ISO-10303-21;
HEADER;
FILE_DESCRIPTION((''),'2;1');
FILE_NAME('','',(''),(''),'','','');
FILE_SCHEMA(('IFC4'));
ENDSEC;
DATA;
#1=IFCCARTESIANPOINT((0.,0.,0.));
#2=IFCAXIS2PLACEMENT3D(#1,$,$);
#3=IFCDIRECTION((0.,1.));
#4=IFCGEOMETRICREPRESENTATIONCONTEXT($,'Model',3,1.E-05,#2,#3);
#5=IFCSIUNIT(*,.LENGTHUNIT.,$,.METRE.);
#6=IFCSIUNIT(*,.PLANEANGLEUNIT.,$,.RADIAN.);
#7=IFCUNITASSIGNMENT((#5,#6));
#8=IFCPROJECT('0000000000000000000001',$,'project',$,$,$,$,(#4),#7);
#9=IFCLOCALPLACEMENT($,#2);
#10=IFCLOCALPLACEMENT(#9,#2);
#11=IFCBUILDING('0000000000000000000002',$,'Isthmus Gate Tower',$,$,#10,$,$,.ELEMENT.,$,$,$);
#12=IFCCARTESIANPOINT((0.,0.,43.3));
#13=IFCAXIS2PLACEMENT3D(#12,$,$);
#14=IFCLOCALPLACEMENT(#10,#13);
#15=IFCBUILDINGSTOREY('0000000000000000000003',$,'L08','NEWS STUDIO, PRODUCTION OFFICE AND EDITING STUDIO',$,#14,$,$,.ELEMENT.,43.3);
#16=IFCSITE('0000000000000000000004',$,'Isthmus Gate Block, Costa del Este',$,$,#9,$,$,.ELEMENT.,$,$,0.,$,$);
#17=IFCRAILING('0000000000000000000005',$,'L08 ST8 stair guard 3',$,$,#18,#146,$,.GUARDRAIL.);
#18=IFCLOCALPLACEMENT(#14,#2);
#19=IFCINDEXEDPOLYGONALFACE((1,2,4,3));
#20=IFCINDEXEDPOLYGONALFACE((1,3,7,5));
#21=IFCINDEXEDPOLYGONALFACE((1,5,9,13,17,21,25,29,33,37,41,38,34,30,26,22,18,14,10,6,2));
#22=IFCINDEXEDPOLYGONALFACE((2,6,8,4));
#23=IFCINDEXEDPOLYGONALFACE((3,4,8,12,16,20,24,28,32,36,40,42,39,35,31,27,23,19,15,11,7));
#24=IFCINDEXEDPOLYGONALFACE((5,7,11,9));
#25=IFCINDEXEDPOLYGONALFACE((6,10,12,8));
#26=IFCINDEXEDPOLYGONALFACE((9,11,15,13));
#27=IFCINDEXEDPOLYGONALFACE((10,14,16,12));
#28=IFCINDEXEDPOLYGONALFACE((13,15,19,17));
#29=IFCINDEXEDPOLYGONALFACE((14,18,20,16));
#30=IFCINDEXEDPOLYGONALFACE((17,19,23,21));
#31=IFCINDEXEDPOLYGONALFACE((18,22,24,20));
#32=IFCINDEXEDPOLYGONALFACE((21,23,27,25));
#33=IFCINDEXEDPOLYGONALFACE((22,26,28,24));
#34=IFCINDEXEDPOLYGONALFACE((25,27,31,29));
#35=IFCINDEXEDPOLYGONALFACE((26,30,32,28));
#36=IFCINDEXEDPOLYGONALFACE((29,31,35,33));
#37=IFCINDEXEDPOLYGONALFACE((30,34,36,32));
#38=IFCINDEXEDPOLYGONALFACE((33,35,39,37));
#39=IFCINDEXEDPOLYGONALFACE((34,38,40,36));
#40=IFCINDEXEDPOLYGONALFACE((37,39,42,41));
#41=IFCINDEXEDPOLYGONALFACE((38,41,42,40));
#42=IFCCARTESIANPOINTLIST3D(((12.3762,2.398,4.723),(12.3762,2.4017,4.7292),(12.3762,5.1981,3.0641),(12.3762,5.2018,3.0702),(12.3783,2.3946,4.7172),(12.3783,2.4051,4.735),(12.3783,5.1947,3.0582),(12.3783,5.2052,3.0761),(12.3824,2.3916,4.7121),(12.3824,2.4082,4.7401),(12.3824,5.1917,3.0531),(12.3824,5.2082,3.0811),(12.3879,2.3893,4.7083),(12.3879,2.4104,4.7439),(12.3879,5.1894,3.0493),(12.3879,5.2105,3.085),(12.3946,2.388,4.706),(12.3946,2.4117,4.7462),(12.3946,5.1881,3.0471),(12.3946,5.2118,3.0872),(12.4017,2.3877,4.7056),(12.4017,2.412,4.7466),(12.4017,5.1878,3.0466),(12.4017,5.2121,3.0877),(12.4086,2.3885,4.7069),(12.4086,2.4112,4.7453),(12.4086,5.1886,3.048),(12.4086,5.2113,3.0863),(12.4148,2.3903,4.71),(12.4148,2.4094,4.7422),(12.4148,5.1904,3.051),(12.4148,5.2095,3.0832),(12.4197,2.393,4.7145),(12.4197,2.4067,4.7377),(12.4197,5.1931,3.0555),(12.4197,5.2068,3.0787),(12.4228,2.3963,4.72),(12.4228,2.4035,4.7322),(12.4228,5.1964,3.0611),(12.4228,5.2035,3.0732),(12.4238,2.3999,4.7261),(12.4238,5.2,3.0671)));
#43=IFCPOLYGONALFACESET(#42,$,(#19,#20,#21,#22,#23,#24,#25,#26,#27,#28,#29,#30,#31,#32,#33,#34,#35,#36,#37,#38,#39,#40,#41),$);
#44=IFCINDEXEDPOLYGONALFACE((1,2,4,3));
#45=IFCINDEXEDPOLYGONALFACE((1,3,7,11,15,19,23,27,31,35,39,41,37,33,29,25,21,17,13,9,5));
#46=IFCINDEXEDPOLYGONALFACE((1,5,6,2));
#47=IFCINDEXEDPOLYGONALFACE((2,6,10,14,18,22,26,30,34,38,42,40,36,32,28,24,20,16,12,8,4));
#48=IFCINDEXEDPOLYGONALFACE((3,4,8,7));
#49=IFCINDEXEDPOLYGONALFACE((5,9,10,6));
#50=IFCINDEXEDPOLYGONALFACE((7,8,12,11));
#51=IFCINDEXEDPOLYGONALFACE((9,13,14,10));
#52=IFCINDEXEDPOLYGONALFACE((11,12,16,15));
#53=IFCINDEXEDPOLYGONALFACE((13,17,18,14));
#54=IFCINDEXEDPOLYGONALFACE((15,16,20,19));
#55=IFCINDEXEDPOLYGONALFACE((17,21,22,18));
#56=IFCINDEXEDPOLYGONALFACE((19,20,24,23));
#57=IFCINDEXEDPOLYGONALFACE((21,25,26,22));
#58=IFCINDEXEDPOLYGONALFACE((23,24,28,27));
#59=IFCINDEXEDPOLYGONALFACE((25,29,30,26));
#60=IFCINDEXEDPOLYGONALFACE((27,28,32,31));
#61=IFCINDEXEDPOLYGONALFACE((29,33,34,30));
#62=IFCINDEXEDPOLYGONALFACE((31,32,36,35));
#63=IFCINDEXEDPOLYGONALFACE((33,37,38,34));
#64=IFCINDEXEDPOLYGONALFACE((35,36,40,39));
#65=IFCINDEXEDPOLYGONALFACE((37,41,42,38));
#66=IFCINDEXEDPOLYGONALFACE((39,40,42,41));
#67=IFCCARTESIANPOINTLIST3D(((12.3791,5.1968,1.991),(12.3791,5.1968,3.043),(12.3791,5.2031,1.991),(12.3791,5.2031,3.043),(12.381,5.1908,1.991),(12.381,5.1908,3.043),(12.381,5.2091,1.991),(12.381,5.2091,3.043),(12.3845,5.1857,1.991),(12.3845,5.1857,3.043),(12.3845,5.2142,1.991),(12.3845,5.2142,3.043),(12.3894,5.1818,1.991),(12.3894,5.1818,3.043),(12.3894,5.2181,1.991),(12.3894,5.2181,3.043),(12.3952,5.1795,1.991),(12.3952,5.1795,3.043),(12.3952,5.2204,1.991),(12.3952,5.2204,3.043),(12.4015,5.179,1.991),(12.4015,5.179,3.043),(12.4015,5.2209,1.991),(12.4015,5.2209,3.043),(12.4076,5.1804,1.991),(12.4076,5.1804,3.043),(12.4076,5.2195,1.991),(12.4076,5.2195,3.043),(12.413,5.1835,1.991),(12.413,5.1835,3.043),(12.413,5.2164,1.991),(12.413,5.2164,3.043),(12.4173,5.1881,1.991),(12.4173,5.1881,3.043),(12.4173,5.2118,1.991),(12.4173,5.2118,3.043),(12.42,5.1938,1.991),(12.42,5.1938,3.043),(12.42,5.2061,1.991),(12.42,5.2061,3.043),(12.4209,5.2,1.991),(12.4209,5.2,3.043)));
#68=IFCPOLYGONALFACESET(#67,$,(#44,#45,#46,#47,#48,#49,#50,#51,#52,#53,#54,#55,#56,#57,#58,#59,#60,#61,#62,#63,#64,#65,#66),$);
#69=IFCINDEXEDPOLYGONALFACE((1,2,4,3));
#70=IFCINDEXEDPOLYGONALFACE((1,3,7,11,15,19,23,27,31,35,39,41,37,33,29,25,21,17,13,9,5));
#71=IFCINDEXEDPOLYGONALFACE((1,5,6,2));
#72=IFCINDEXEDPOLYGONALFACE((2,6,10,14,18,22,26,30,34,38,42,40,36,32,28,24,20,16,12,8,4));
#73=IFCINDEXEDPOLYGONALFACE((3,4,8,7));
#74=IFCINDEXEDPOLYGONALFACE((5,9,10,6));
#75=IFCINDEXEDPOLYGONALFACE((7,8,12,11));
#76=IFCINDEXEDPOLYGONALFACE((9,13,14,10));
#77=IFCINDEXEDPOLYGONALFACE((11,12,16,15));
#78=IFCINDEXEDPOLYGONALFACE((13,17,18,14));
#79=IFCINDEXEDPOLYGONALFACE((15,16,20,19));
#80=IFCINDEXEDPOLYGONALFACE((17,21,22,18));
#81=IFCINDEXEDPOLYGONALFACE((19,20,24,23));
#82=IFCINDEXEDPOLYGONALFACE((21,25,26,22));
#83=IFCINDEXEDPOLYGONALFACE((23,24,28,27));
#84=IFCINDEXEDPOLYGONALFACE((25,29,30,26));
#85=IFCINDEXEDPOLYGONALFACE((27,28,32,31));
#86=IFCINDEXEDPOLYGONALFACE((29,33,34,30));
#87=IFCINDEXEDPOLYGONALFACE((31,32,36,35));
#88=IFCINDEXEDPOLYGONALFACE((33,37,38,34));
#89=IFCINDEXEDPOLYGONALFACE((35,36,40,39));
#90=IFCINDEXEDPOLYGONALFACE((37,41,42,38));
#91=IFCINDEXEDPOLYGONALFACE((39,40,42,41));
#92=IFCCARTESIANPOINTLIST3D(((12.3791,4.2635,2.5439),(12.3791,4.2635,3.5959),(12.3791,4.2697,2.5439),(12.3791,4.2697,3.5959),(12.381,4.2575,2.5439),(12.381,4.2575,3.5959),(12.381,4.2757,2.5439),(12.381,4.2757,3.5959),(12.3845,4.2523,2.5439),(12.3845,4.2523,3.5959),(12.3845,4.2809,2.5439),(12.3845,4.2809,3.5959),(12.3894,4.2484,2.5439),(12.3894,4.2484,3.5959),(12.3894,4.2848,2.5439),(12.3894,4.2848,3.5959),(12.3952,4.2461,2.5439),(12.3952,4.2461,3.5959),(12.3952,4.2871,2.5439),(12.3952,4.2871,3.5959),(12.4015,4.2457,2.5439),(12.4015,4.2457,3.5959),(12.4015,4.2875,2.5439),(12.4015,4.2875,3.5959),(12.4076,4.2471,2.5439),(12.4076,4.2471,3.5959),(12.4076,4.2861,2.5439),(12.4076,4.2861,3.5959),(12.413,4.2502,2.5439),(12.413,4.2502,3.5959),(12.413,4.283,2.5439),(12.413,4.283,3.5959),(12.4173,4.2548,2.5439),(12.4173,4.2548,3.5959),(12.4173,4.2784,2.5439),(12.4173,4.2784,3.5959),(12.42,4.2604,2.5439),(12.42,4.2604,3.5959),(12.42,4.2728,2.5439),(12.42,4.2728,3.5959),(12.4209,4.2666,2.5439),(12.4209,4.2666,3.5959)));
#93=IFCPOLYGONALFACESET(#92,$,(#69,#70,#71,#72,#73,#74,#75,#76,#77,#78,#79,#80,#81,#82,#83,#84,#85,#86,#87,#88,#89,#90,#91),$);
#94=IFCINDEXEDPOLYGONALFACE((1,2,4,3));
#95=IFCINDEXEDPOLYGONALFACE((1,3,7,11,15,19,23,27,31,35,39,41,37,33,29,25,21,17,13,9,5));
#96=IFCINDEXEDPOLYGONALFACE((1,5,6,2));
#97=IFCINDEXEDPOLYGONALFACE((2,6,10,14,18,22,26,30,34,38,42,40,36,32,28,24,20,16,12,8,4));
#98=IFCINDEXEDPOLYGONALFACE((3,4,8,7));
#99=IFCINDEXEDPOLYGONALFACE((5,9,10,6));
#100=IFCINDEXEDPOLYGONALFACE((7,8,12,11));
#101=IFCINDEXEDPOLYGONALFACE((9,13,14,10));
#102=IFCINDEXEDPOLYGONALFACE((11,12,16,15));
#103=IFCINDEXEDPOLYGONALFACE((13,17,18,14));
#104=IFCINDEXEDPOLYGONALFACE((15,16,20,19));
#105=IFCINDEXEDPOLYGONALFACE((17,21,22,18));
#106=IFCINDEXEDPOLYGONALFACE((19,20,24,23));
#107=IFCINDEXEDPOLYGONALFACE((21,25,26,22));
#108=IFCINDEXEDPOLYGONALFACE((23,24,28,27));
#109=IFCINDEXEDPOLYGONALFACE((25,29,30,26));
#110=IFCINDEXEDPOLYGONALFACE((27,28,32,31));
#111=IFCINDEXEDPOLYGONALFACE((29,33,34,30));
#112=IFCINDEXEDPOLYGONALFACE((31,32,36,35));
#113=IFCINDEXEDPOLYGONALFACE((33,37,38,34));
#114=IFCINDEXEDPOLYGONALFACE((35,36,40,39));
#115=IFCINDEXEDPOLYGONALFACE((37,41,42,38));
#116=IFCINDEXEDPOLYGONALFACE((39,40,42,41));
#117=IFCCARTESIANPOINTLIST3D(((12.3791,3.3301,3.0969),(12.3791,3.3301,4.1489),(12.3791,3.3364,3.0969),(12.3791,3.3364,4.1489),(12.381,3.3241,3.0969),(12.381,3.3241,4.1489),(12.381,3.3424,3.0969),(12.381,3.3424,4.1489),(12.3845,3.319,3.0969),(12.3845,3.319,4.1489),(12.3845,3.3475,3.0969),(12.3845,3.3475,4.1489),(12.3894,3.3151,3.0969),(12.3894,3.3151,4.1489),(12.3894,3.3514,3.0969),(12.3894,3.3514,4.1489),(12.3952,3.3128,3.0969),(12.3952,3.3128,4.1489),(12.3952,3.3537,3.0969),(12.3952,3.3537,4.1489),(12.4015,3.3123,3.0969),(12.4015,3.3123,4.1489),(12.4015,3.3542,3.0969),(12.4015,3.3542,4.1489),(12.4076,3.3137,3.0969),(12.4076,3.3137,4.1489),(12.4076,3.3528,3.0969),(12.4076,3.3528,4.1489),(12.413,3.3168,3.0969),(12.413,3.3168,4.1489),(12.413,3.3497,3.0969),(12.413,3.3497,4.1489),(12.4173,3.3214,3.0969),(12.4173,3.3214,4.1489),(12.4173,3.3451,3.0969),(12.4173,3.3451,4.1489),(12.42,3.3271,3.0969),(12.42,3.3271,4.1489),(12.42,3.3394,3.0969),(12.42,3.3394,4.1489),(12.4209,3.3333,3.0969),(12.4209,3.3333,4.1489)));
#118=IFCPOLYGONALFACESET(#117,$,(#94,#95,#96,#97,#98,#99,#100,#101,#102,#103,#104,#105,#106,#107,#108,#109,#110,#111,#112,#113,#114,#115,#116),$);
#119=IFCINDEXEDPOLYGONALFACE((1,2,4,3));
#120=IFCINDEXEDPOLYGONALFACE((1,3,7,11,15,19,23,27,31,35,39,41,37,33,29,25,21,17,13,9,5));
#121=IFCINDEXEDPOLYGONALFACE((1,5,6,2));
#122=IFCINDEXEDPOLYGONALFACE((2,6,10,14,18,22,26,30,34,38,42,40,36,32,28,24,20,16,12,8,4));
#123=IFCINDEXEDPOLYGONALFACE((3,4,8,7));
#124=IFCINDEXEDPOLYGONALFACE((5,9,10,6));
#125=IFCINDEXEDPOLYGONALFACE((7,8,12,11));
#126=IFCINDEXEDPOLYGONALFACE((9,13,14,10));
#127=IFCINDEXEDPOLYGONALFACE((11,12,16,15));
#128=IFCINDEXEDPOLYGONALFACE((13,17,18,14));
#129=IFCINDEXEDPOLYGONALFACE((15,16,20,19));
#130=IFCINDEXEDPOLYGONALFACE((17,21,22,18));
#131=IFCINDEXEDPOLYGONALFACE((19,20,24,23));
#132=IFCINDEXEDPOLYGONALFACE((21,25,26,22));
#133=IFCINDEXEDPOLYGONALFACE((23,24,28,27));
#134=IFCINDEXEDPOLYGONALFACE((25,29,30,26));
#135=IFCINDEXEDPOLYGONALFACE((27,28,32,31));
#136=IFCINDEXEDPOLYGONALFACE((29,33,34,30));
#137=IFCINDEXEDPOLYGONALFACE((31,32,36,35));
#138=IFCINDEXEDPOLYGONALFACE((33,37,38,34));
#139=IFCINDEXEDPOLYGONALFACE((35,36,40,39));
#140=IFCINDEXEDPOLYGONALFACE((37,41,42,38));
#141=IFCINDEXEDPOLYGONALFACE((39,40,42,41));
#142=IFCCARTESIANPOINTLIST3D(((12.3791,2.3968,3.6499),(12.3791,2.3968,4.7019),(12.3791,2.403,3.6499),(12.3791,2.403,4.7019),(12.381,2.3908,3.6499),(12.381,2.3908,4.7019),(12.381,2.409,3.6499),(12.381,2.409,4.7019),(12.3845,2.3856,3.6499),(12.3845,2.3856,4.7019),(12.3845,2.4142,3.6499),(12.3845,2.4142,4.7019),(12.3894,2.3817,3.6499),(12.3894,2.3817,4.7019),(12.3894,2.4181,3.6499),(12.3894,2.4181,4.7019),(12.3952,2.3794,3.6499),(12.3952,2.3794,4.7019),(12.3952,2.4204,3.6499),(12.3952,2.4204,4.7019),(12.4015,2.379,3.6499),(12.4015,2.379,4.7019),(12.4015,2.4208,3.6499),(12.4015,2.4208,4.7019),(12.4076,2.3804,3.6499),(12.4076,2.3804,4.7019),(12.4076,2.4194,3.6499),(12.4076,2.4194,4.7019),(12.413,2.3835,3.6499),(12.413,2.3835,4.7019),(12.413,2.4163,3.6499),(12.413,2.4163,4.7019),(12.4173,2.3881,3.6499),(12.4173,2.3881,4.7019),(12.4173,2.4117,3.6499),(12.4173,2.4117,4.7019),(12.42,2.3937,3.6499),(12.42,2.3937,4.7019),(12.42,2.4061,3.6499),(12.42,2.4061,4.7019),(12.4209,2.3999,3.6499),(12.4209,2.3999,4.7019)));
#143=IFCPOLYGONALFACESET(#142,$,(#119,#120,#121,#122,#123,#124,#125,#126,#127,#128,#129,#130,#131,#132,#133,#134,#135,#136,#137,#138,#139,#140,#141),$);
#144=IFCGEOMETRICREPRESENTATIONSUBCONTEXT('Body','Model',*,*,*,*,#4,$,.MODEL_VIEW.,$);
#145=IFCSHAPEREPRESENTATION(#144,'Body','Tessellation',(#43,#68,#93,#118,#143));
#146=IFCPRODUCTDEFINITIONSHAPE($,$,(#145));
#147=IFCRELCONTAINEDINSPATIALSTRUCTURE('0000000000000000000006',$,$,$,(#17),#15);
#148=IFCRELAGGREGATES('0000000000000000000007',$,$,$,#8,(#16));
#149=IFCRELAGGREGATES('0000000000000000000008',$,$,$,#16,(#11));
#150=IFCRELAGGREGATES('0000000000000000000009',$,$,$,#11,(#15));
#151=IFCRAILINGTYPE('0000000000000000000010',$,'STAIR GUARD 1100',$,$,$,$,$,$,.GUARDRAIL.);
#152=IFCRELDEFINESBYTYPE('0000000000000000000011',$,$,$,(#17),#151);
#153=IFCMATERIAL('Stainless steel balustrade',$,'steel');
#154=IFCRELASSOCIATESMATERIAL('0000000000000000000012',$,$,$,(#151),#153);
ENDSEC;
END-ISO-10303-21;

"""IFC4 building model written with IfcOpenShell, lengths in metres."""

from ifc_helpers import new_model, si_unit, direction, frame, origin, origin_2d, place, context, subcontext, project, spatial, circle, extrude, material, type_object, element, save


model = new_model("IFC4")

# Units and contexts
model_context = context("Model", 3, precision=1e-05, world=origin(), true_north=direction((0.0, 1.0)))
body_context = subcontext(model_context, "Body", "Model", "MODEL_VIEW")
ifc_project = project(units=[si_unit("LENGTHUNIT", "METRE"), si_unit("PLANEANGLEUNIT", "RADIAN")], contexts=[model_context])

# Site, building, storey
site_placement = place(None, origin())
site = spatial("IfcSite", under=ifc_project, at=site_placement, Name="Isthmus Gate Block, Costa del Este", CompositionType="ELEMENT", RefElevation=0.0)
building_placement = place(site_placement, origin())
building = spatial("IfcBuilding", under=site, at=building_placement, Name="Isthmus Gate Tower", CompositionType="ELEMENT")
storey_placement = place(building_placement, frame((0.0, 0.0, 43.3)))
storey = spatial("IfcBuildingStorey", under=building, at=storey_placement, Name="L08", Description="NEWS STUDIO, PRODUCTION OFFICE AND EDITING STUDIO", CompositionType="ELEMENT", Elevation=43.3)

# Railing
ifc_material_1 = material(Name="Stainless steel balustrade", Category="steel")
railing_type_1 = type_object("IfcRailingType", Name="STAIR GUARD 1100", PredefinedType="GUARDRAIL", material=ifc_material_1)
railing_1_placement = place(storey_placement, frame((12.3999, 5.2, 1.991)))
element("IfcRailing", 1, at=railing_1_placement, inside=storey, type_object=railing_type_1, Name="L08 ST8 stair guard 3", PredefinedType="GUARDRAIL", context=body_context, shape_type="SweptSolid", body=[
    extrude(circle(Radius=0.0239, at=origin_2d()), frame((0.0, 0.0, 1.0762), z_axis=(0.0, -0.860339, 0.509722), x_axis=(1.0, 0.0, 0.0)), (0.0, 0.0, 1.0), 3.2546),
    extrude(circle(Radius=0.021, at=origin_2d()), origin(), (0.0, 0.0, 1.0), 1.052),
    extrude(circle(Radius=0.021, at=origin_2d()), frame((0.0, -0.9333, 0.553)), (0.0, 0.0, 1.0), 1.052),
    extrude(circle(Radius=0.021, at=origin_2d()), frame((0.0, -1.8667, 1.106)), (0.0, 0.0, 1.0), 1.052),
    extrude(circle(Radius=0.021, at=origin_2d()), frame((0.0, -2.8, 1.6589)), (0.0, 0.0, 1.0), 1.052),
])

save(model, "model.ifc")
